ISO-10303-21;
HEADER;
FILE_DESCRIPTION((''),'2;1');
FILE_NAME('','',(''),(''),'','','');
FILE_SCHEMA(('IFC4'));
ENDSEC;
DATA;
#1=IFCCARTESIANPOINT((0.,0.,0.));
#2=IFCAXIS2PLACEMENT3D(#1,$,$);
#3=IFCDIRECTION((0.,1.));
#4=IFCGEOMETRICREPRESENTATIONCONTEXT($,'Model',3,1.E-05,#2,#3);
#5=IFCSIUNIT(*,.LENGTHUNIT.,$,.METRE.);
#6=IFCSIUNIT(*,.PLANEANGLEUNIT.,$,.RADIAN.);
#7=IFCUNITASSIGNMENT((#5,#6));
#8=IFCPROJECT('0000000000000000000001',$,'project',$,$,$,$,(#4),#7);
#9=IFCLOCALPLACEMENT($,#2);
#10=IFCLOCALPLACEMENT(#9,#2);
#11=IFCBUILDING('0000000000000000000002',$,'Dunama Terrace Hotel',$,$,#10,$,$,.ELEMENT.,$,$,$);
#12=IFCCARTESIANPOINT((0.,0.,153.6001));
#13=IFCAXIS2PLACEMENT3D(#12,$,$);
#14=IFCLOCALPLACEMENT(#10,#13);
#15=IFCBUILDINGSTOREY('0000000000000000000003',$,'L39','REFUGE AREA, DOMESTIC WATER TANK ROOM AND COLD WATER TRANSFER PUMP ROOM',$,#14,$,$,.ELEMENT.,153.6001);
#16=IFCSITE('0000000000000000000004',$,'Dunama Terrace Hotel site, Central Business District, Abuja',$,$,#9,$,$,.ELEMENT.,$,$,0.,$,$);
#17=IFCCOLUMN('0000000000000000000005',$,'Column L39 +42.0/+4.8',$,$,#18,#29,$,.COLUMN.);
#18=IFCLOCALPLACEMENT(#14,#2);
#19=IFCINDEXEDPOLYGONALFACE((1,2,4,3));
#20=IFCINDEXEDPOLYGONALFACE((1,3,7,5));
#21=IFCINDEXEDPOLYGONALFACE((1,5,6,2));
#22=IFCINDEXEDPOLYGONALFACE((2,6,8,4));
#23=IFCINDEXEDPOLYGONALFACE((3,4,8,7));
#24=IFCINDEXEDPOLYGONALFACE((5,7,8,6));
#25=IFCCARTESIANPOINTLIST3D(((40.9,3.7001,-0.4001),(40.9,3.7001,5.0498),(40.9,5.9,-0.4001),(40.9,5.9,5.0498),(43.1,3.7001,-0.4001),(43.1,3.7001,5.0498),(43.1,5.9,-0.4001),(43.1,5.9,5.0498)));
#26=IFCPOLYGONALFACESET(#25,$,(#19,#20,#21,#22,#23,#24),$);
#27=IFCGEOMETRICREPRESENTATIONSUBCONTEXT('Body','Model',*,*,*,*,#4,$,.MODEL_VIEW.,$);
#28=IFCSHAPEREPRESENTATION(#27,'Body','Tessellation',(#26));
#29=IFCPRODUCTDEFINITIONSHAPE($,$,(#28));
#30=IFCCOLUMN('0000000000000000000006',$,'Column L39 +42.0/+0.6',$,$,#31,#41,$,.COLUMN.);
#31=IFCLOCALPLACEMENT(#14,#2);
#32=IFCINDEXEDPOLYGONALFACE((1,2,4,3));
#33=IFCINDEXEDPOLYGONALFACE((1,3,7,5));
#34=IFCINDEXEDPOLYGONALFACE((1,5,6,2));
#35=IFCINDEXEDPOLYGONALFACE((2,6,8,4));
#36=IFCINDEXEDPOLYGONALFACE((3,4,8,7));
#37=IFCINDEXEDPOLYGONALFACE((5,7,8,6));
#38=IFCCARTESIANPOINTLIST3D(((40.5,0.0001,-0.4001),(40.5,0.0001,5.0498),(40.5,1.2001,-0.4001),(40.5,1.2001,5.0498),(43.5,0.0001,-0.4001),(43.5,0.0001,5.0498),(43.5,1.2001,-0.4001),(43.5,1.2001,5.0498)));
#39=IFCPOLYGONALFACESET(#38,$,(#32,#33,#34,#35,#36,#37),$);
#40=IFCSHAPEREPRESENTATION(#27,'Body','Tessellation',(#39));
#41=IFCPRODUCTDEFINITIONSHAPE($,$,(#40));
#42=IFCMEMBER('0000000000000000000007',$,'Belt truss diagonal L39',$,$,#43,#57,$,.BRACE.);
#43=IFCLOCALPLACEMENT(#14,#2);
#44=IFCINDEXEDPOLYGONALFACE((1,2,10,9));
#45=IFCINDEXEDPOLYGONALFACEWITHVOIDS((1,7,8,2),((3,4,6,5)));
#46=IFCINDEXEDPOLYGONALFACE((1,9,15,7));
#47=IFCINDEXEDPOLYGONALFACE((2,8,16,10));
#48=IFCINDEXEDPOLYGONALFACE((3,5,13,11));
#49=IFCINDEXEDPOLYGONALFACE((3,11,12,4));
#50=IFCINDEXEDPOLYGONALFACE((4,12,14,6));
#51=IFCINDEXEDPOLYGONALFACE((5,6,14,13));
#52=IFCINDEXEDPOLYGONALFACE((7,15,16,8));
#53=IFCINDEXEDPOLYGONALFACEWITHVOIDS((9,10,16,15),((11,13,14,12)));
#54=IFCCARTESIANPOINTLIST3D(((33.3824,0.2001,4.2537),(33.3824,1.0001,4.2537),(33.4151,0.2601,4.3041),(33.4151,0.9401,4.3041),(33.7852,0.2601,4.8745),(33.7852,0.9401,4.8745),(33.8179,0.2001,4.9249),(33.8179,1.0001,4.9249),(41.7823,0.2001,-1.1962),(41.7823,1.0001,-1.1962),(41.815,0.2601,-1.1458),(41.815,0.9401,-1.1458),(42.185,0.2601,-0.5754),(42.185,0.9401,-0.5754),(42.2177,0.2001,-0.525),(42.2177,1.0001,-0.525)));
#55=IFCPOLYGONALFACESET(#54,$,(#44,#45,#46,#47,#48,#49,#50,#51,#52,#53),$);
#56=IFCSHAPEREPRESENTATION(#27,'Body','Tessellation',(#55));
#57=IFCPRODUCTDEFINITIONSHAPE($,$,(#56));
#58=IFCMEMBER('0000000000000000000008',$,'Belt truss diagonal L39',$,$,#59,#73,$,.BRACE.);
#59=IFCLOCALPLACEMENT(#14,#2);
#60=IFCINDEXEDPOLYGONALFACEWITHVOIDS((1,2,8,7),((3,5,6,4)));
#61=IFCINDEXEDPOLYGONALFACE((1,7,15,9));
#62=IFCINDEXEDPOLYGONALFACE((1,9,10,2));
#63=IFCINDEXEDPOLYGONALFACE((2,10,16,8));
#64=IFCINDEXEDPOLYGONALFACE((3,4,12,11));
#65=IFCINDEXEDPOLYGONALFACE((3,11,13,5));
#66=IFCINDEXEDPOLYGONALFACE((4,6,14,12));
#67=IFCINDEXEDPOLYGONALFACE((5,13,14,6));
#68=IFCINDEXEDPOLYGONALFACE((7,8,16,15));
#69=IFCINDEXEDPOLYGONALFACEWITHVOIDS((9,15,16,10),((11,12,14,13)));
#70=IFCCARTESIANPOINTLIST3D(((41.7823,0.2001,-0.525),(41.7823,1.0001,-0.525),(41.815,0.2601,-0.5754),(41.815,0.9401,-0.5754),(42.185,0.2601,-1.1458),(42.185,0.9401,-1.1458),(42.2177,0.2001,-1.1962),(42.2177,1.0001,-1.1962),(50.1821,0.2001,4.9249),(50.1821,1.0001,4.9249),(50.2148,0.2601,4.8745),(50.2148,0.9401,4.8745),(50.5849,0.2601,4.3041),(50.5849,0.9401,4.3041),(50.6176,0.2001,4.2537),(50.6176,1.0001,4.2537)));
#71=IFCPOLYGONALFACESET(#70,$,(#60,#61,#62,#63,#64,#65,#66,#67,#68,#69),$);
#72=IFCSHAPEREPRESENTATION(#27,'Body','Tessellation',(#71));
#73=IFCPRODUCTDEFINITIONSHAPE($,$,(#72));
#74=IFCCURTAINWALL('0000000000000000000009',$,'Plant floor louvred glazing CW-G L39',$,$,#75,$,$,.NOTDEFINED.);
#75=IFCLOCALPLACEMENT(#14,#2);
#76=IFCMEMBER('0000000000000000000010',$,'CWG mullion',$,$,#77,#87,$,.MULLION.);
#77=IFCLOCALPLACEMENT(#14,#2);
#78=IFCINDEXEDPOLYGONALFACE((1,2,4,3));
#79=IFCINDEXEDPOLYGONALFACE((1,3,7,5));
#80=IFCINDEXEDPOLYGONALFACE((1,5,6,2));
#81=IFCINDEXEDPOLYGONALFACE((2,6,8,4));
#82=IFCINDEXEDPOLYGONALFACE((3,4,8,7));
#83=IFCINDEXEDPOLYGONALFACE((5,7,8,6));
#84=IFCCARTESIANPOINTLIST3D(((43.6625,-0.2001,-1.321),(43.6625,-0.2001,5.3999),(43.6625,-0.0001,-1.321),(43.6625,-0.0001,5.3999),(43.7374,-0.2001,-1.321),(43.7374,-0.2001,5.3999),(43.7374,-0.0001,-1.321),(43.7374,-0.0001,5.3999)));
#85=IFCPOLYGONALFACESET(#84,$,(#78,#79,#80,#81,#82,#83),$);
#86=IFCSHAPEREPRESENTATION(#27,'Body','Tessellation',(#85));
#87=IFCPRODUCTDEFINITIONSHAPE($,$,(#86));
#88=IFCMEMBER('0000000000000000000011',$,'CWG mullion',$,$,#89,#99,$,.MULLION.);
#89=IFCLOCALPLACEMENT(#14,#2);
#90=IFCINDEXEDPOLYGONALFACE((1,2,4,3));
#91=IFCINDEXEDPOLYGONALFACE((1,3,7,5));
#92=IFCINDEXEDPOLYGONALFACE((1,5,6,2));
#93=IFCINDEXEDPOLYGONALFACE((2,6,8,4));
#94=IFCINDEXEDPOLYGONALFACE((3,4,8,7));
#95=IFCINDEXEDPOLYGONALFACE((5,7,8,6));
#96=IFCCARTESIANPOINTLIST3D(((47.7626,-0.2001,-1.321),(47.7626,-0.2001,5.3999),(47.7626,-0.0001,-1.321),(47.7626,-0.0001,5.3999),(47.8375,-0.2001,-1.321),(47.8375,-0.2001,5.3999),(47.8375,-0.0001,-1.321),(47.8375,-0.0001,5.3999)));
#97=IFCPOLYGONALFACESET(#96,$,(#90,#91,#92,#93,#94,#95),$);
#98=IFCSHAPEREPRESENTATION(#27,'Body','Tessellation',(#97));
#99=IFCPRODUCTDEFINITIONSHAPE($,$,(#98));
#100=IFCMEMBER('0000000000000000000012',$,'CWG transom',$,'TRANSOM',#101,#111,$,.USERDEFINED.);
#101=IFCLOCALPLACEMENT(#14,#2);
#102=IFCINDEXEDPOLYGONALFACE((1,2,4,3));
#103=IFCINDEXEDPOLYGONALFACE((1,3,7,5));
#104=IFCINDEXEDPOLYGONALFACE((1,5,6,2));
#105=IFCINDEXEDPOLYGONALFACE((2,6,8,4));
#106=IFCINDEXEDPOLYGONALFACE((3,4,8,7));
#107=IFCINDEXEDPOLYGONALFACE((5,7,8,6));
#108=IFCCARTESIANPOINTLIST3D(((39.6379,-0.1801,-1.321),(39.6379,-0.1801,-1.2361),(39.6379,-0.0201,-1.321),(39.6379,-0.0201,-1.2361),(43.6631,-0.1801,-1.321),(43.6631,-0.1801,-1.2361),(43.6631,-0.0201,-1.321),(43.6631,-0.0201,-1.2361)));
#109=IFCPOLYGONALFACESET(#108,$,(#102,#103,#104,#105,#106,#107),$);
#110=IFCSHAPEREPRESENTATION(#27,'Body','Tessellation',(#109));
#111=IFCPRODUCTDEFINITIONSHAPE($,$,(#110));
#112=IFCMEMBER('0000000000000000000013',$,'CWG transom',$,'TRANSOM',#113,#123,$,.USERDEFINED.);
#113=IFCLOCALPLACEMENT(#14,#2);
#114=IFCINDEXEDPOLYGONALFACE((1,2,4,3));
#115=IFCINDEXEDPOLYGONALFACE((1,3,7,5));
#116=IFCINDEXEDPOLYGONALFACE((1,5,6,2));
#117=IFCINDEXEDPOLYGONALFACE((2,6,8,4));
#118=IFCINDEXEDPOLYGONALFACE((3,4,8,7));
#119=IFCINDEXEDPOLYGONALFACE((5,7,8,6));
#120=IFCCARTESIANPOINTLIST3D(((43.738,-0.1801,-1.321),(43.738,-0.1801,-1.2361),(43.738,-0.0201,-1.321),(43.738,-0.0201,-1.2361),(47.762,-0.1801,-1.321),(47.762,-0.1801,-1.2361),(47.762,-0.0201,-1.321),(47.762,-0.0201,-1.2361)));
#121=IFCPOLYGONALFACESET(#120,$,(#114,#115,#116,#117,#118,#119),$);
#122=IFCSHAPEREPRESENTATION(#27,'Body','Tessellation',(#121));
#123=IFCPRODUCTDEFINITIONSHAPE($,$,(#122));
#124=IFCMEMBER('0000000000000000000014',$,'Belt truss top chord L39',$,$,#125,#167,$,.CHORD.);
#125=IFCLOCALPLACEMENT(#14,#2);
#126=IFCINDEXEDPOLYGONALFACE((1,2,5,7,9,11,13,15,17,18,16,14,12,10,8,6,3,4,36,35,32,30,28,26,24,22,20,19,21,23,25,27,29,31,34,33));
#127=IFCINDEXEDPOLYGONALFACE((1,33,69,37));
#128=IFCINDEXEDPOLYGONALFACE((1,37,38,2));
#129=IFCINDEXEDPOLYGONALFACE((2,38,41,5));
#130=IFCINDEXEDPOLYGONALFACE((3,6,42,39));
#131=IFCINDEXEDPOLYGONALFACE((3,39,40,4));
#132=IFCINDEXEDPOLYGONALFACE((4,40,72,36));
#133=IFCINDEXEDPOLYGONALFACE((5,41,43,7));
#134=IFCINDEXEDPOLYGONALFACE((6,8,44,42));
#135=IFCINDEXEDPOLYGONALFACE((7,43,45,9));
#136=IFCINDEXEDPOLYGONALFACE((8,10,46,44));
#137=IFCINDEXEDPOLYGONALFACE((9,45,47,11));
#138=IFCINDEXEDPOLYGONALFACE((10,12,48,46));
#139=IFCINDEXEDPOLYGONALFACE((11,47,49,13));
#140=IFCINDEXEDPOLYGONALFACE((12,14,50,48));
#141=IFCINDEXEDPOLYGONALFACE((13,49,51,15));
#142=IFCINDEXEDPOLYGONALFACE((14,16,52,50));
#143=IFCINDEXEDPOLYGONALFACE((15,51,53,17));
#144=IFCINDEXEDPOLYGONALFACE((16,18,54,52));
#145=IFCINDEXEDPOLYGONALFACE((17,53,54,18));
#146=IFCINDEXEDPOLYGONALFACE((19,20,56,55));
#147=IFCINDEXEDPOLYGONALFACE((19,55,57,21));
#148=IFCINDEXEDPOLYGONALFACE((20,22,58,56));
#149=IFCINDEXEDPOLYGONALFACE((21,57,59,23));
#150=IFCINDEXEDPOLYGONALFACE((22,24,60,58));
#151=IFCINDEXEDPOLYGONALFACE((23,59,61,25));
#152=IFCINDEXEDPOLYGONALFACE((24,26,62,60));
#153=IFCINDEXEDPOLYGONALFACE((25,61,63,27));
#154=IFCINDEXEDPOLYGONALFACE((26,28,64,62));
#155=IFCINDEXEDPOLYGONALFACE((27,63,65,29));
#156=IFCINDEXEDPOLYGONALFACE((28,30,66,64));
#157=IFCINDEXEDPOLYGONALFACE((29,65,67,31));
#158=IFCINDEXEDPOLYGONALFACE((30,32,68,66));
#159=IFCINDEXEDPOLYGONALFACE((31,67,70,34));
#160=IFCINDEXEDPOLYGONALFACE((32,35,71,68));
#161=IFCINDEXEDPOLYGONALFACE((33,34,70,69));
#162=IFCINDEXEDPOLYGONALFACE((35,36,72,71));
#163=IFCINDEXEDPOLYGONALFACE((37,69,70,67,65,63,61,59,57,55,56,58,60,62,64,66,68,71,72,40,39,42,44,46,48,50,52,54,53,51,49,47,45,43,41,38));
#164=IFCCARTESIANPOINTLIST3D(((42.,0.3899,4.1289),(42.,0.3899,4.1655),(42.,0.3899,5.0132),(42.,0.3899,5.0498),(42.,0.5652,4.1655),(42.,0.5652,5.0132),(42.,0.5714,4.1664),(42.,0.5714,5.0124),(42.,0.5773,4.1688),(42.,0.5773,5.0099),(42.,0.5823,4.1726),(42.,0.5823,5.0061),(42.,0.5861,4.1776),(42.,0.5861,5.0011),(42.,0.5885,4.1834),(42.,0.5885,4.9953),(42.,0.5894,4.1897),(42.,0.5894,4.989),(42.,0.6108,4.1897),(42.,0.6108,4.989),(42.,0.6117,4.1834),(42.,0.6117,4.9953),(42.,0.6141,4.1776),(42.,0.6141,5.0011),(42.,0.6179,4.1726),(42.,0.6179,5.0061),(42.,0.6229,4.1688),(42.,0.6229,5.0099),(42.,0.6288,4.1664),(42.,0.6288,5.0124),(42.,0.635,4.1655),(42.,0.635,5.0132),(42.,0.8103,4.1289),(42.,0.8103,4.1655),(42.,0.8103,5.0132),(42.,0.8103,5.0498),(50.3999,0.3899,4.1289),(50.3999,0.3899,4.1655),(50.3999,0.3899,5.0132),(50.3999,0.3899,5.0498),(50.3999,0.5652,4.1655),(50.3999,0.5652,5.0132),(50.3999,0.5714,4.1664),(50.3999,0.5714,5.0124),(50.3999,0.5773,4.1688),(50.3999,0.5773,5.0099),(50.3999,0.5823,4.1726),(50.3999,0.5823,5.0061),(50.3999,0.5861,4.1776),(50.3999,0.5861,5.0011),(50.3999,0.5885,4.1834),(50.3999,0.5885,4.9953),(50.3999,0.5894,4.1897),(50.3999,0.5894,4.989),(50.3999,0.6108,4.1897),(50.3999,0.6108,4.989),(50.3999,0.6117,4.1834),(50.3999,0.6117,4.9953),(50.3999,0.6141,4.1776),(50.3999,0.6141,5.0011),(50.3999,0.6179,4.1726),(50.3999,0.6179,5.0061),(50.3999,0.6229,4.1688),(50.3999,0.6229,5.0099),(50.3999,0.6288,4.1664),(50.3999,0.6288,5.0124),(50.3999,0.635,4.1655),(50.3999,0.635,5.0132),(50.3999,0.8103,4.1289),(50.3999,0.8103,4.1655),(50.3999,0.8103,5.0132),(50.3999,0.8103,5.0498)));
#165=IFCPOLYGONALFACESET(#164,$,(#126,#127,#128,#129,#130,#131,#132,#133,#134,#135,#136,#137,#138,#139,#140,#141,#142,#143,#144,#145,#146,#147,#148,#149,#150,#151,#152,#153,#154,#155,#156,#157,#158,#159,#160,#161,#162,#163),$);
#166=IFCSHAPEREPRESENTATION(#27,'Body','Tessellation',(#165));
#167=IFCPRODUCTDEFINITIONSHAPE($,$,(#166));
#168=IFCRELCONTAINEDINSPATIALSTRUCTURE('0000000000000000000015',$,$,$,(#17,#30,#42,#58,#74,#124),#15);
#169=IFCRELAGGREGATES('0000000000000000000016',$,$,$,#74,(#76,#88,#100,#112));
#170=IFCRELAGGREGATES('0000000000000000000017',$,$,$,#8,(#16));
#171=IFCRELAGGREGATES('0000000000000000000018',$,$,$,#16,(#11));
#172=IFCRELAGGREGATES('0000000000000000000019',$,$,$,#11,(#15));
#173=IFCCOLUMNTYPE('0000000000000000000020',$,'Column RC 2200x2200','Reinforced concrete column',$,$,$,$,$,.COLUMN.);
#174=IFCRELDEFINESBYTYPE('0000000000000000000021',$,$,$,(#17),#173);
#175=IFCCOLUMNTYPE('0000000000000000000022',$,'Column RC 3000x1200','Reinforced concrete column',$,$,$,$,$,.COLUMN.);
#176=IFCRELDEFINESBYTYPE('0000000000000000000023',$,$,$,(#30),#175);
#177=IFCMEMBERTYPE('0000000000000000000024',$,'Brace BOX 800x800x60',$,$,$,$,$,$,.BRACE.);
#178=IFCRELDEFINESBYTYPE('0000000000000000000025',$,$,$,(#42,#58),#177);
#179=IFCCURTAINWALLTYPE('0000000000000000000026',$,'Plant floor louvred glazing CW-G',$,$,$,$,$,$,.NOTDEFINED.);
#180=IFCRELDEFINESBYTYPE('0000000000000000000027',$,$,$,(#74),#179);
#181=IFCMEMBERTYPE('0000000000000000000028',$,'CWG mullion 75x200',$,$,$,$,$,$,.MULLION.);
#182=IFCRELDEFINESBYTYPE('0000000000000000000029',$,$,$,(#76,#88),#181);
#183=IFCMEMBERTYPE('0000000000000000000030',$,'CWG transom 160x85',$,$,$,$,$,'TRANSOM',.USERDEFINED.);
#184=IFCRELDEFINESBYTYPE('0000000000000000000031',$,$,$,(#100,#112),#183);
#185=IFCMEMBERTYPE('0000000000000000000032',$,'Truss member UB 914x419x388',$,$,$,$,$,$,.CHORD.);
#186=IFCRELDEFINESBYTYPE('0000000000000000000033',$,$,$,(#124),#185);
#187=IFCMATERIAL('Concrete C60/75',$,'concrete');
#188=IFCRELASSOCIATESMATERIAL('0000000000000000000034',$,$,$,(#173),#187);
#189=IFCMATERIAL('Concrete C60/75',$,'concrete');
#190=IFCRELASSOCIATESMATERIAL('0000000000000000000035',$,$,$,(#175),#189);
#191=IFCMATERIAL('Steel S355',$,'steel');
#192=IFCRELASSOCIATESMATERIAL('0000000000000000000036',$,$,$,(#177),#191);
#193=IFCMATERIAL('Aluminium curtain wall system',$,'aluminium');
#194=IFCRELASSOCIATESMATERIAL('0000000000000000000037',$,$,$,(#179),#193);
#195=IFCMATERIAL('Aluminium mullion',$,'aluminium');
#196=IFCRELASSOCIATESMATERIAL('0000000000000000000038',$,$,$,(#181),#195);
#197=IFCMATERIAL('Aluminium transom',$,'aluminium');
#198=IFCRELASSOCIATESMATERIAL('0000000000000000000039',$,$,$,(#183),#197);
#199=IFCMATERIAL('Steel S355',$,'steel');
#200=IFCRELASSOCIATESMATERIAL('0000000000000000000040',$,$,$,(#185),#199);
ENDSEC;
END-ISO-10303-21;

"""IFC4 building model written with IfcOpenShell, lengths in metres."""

from ifc_helpers import new_model, si_unit, direction, frame, origin, origin_2d, place, context, subcontext, project, spatial, rectangle, hollow_rectangle, i_section, extrude, material, material_profile, profile_set, type_object, element, aggregate, save


model = new_model("IFC4")

# Units and contexts
model_context = context("Model", 3, precision=1e-05, world=origin(), true_north=direction((0.0, 1.0)))
body_context = subcontext(model_context, "Body", "Model", "MODEL_VIEW")
ifc_project = project(units=[si_unit("LENGTHUNIT", "METRE"), si_unit("PLANEANGLEUNIT", "RADIAN")], contexts=[model_context])

# Site, building, storey
site_placement = place(None, origin())
site = spatial("IfcSite", under=ifc_project, at=site_placement, Name="Dunama Terrace Hotel site, Central Business District, Abuja", CompositionType="ELEMENT", RefElevation=0.0)
building_placement = place(site_placement, origin())
building = spatial("IfcBuilding", under=site, at=building_placement, Name="Dunama Terrace Hotel", CompositionType="ELEMENT")
storey_placement = place(building_placement, frame((0.0, 0.0, 153.6001)))
storey = spatial("IfcBuildingStorey", under=building, at=storey_placement, Name="L39", Description="REFUGE AREA, DOMESTIC WATER TANK ROOM AND COLD WATER TRANSFER PUMP ROOM", CompositionType="ELEMENT", Elevation=153.6001)

# Columns
ifc_material_1 = material(Name="Concrete C60/75", Category="concrete")
ifc_material_profile_1 = material_profile(ifc_material_1, rectangle(XDim=2.2, YDim=2.2, at=origin_2d()), Name="RC 2200x2200")
ifc_profile_set_1 = profile_set([ifc_material_profile_1], Name="Concrete C60/75")
column_type_1 = type_object("IfcColumnType", Name="Column RC 2200x2200", Description="Reinforced concrete column", PredefinedType="COLUMN", material=ifc_profile_set_1)
column_1_placement = place(storey_placement, frame((42.0, 4.8, -0.4001), z_axis=(0.0, 0.0, 1.0), x_axis=(1.0, 0.0, 0.0)))
element("IfcColumn", 1, at=column_1_placement, inside=storey, type_object=column_type_1, Name="Column L39 +42.0/+4.8", PredefinedType="COLUMN", context=body_context, shape_type="SweptSolid", body=[
    extrude(rectangle(XDim=2.2, YDim=2.2, at=origin_2d()), origin(), (0.0, 0.0, 1.0), 5.45),
])
ifc_material_2 = material(Name="Concrete C60/75", Category="concrete")
ifc_material_profile_2 = material_profile(ifc_material_2, rectangle(XDim=3.0, YDim=1.2, at=origin_2d()), Name="RC 3000x1200")
ifc_profile_set_2 = profile_set([ifc_material_profile_2], Name="Concrete C60/75")
column_type_2 = type_object("IfcColumnType", Name="Column RC 3000x1200", Description="Reinforced concrete column", PredefinedType="COLUMN", material=ifc_profile_set_2)
column_2_placement = place(storey_placement, frame((42.0, 0.6001, -0.4001), z_axis=(0.0, 0.0, 1.0), x_axis=(1.0, 0.0, 0.0)))
element("IfcColumn", 2, at=column_2_placement, inside=storey, type_object=column_type_2, Name="Column L39 +42.0/+0.6", PredefinedType="COLUMN", context=body_context, shape_type="SweptSolid", body=[
    extrude(rectangle(XDim=3.0, YDim=1.2, at=origin_2d()), origin(), (0.0, 0.0, 1.0), 5.45),
])

# Members
ifc_material_3 = material(Name="Steel S355", Category="steel")
ifc_material_profile_3 = material_profile(ifc_material_3, hollow_rectangle(XDim=0.8, YDim=0.8, WallThickness=0.0601, at=origin_2d()), Name="BOX 800x800x60")
ifc_profile_set_3 = profile_set([ifc_material_profile_3], Name="Steel S355")
member_type_1 = type_object("IfcMemberType", Name="Brace BOX 800x800x60", PredefinedType="BRACE", material=ifc_profile_set_3)
for number, where, z_axis, x_axis, name in (
    (3, (42.0, 0.6001, -0.8606), (-0.838899, 0.0, 0.544287), (0.0, -1.0, 0.0), "Belt truss diagonal L39"),
    (4, (42.0, 0.6001, -0.8606), (0.838899, 0.0, 0.544287), (0.0, 1.0, 0.0), "Belt truss diagonal L39"),
):
    element("IfcMember", number, at=place(storey_placement, frame(where, z_axis=z_axis, x_axis=x_axis)), inside=storey, type_object=member_type_1, Name=name, PredefinedType="BRACE", context=body_context, shape_type="SweptSolid", body=[
        extrude(hollow_rectangle(XDim=0.8, YDim=0.8, WallThickness=0.0601, at=origin_2d()), origin(), (0.0, 0.0, 1.0), 10.0129),
    ])

# Curtain wall, members
ifc_material_4 = material(Name="Aluminium curtain wall system", Category="aluminium")
curtain_wall_type = type_object("IfcCurtainWallType", Name="Plant floor louvred glazing CW-G", PredefinedType="NOTDEFINED", material=ifc_material_4)
curtain_wall_placement = place(storey_placement, origin())
curtain_wall = element("IfcCurtainWall", 5, at=curtain_wall_placement, inside=storey, type_object=curtain_wall_type, Name="Plant floor louvred glazing CW-G L39", PredefinedType="NOTDEFINED")
ifc_material_5 = material(Name="Aluminium mullion", Category="aluminium")
ifc_material_profile_4 = material_profile(ifc_material_5, rectangle(XDim=0.075, YDim=0.2, at=origin_2d()), Name="CWG MULLION 75X200")
ifc_profile_set_4 = profile_set([ifc_material_profile_4], Name="Aluminium mullion")
member_type_2 = type_object("IfcMemberType", Name="CWG mullion 75x200", PredefinedType="MULLION", material=ifc_profile_set_4)
member_1_placement = place(storey_placement, frame((43.7, -0.1001, -1.321), z_axis=(0.0, 0.0, 1.0), x_axis=(1.0, 0.0, 0.0)))
member_1 = element("IfcMember", 6, at=member_1_placement, type_object=member_type_2, Name="CWG mullion", PredefinedType="MULLION", context=body_context, shape_type="SweptSolid", body=[
    extrude(rectangle(XDim=0.075, YDim=0.2, at=origin_2d()), origin(), (0.0, 0.0, 1.0), 6.7209),
])
member_2_placement = place(storey_placement, frame((47.8, -0.1001, -1.321), z_axis=(0.0, 0.0, 1.0), x_axis=(1.0, 0.0, 0.0)))
member_2 = element("IfcMember", 7, at=member_2_placement, type_object=member_type_2, Name="CWG mullion", PredefinedType="MULLION", context=body_context, shape_type="SweptSolid", body=[
    extrude(rectangle(XDim=0.075, YDim=0.2, at=origin_2d()), origin(), (0.0, 0.0, 1.0), 6.7209),
])
ifc_material_6 = material(Name="Aluminium transom", Category="aluminium")
ifc_material_profile_5 = material_profile(ifc_material_6, rectangle(XDim=0.1599, YDim=0.085, at=origin_2d()), Name="CWG TRANSOM 160X85")
ifc_profile_set_5 = profile_set([ifc_material_profile_5], Name="Aluminium transom")
member_type_3 = type_object("IfcMemberType", Name="CWG transom 160x85", ElementType="TRANSOM", PredefinedType="USERDEFINED", material=ifc_profile_set_5)
member_3_placement = place(storey_placement, frame((39.6379, -0.1001, -1.2786), z_axis=(1.0, 0.0, 0.0), x_axis=(0.0, 1.0, 0.0)))
member_3 = element("IfcMember", 8, at=member_3_placement, type_object=member_type_3, Name="CWG transom", ObjectType="TRANSOM", PredefinedType="USERDEFINED", context=body_context, shape_type="SweptSolid", body=[
    extrude(rectangle(XDim=0.1599, YDim=0.085, at=origin_2d()), origin(), (0.0, 0.0, 1.0), 4.0251),
])
member_4_placement = place(storey_placement, frame((43.738, -0.1001, -1.2786), z_axis=(1.0, 0.0, 0.0), x_axis=(0.0, 1.0, 0.0)))
member_4 = element("IfcMember", 9, at=member_4_placement, type_object=member_type_3, Name="CWG transom", ObjectType="TRANSOM", PredefinedType="USERDEFINED", context=body_context, shape_type="SweptSolid", body=[
    extrude(rectangle(XDim=0.1599, YDim=0.085, at=origin_2d()), origin(), (0.0, 0.0, 1.0), 4.0239),
])

# Member
ifc_material_7 = material(Name="Steel S355", Category="steel")
ifc_material_profile_6 = material_profile(ifc_material_7, i_section(OverallWidth=0.4204, OverallDepth=0.9209, WebThickness=0.0215, FlangeThickness=0.0366, FilletRadius=0.0242, at=origin_2d()), Name="UB 914x419x388")
ifc_profile_set_6 = profile_set([ifc_material_profile_6], Name="Steel S355")
member_type_4 = type_object("IfcMemberType", Name="Truss member UB 914x419x388", PredefinedType="CHORD", material=ifc_profile_set_6)
for number, where, z_axis, x_axis, name in (
    (10, (42.0, 0.6001, 4.5894), (1.0, 0.0, 0.0), (0.0, 1.0, 0.0), "Belt truss top chord L39"),
):
    element("IfcMember", number, at=place(storey_placement, frame(where, z_axis=z_axis, x_axis=x_axis)), inside=storey, type_object=member_type_4, Name=name, PredefinedType="CHORD", context=body_context, shape_type="SweptSolid", body=[
        extrude(i_section(OverallWidth=0.4204, OverallDepth=0.9209, WebThickness=0.0215, FlangeThickness=0.0366, FilletRadius=0.0242, at=origin_2d()), origin(), (0.0, 0.0, 1.0), 8.3999),
    ])

aggregate(curtain_wall, [member_1, member_2, member_3, member_4])

save(model, "model.ifc")
